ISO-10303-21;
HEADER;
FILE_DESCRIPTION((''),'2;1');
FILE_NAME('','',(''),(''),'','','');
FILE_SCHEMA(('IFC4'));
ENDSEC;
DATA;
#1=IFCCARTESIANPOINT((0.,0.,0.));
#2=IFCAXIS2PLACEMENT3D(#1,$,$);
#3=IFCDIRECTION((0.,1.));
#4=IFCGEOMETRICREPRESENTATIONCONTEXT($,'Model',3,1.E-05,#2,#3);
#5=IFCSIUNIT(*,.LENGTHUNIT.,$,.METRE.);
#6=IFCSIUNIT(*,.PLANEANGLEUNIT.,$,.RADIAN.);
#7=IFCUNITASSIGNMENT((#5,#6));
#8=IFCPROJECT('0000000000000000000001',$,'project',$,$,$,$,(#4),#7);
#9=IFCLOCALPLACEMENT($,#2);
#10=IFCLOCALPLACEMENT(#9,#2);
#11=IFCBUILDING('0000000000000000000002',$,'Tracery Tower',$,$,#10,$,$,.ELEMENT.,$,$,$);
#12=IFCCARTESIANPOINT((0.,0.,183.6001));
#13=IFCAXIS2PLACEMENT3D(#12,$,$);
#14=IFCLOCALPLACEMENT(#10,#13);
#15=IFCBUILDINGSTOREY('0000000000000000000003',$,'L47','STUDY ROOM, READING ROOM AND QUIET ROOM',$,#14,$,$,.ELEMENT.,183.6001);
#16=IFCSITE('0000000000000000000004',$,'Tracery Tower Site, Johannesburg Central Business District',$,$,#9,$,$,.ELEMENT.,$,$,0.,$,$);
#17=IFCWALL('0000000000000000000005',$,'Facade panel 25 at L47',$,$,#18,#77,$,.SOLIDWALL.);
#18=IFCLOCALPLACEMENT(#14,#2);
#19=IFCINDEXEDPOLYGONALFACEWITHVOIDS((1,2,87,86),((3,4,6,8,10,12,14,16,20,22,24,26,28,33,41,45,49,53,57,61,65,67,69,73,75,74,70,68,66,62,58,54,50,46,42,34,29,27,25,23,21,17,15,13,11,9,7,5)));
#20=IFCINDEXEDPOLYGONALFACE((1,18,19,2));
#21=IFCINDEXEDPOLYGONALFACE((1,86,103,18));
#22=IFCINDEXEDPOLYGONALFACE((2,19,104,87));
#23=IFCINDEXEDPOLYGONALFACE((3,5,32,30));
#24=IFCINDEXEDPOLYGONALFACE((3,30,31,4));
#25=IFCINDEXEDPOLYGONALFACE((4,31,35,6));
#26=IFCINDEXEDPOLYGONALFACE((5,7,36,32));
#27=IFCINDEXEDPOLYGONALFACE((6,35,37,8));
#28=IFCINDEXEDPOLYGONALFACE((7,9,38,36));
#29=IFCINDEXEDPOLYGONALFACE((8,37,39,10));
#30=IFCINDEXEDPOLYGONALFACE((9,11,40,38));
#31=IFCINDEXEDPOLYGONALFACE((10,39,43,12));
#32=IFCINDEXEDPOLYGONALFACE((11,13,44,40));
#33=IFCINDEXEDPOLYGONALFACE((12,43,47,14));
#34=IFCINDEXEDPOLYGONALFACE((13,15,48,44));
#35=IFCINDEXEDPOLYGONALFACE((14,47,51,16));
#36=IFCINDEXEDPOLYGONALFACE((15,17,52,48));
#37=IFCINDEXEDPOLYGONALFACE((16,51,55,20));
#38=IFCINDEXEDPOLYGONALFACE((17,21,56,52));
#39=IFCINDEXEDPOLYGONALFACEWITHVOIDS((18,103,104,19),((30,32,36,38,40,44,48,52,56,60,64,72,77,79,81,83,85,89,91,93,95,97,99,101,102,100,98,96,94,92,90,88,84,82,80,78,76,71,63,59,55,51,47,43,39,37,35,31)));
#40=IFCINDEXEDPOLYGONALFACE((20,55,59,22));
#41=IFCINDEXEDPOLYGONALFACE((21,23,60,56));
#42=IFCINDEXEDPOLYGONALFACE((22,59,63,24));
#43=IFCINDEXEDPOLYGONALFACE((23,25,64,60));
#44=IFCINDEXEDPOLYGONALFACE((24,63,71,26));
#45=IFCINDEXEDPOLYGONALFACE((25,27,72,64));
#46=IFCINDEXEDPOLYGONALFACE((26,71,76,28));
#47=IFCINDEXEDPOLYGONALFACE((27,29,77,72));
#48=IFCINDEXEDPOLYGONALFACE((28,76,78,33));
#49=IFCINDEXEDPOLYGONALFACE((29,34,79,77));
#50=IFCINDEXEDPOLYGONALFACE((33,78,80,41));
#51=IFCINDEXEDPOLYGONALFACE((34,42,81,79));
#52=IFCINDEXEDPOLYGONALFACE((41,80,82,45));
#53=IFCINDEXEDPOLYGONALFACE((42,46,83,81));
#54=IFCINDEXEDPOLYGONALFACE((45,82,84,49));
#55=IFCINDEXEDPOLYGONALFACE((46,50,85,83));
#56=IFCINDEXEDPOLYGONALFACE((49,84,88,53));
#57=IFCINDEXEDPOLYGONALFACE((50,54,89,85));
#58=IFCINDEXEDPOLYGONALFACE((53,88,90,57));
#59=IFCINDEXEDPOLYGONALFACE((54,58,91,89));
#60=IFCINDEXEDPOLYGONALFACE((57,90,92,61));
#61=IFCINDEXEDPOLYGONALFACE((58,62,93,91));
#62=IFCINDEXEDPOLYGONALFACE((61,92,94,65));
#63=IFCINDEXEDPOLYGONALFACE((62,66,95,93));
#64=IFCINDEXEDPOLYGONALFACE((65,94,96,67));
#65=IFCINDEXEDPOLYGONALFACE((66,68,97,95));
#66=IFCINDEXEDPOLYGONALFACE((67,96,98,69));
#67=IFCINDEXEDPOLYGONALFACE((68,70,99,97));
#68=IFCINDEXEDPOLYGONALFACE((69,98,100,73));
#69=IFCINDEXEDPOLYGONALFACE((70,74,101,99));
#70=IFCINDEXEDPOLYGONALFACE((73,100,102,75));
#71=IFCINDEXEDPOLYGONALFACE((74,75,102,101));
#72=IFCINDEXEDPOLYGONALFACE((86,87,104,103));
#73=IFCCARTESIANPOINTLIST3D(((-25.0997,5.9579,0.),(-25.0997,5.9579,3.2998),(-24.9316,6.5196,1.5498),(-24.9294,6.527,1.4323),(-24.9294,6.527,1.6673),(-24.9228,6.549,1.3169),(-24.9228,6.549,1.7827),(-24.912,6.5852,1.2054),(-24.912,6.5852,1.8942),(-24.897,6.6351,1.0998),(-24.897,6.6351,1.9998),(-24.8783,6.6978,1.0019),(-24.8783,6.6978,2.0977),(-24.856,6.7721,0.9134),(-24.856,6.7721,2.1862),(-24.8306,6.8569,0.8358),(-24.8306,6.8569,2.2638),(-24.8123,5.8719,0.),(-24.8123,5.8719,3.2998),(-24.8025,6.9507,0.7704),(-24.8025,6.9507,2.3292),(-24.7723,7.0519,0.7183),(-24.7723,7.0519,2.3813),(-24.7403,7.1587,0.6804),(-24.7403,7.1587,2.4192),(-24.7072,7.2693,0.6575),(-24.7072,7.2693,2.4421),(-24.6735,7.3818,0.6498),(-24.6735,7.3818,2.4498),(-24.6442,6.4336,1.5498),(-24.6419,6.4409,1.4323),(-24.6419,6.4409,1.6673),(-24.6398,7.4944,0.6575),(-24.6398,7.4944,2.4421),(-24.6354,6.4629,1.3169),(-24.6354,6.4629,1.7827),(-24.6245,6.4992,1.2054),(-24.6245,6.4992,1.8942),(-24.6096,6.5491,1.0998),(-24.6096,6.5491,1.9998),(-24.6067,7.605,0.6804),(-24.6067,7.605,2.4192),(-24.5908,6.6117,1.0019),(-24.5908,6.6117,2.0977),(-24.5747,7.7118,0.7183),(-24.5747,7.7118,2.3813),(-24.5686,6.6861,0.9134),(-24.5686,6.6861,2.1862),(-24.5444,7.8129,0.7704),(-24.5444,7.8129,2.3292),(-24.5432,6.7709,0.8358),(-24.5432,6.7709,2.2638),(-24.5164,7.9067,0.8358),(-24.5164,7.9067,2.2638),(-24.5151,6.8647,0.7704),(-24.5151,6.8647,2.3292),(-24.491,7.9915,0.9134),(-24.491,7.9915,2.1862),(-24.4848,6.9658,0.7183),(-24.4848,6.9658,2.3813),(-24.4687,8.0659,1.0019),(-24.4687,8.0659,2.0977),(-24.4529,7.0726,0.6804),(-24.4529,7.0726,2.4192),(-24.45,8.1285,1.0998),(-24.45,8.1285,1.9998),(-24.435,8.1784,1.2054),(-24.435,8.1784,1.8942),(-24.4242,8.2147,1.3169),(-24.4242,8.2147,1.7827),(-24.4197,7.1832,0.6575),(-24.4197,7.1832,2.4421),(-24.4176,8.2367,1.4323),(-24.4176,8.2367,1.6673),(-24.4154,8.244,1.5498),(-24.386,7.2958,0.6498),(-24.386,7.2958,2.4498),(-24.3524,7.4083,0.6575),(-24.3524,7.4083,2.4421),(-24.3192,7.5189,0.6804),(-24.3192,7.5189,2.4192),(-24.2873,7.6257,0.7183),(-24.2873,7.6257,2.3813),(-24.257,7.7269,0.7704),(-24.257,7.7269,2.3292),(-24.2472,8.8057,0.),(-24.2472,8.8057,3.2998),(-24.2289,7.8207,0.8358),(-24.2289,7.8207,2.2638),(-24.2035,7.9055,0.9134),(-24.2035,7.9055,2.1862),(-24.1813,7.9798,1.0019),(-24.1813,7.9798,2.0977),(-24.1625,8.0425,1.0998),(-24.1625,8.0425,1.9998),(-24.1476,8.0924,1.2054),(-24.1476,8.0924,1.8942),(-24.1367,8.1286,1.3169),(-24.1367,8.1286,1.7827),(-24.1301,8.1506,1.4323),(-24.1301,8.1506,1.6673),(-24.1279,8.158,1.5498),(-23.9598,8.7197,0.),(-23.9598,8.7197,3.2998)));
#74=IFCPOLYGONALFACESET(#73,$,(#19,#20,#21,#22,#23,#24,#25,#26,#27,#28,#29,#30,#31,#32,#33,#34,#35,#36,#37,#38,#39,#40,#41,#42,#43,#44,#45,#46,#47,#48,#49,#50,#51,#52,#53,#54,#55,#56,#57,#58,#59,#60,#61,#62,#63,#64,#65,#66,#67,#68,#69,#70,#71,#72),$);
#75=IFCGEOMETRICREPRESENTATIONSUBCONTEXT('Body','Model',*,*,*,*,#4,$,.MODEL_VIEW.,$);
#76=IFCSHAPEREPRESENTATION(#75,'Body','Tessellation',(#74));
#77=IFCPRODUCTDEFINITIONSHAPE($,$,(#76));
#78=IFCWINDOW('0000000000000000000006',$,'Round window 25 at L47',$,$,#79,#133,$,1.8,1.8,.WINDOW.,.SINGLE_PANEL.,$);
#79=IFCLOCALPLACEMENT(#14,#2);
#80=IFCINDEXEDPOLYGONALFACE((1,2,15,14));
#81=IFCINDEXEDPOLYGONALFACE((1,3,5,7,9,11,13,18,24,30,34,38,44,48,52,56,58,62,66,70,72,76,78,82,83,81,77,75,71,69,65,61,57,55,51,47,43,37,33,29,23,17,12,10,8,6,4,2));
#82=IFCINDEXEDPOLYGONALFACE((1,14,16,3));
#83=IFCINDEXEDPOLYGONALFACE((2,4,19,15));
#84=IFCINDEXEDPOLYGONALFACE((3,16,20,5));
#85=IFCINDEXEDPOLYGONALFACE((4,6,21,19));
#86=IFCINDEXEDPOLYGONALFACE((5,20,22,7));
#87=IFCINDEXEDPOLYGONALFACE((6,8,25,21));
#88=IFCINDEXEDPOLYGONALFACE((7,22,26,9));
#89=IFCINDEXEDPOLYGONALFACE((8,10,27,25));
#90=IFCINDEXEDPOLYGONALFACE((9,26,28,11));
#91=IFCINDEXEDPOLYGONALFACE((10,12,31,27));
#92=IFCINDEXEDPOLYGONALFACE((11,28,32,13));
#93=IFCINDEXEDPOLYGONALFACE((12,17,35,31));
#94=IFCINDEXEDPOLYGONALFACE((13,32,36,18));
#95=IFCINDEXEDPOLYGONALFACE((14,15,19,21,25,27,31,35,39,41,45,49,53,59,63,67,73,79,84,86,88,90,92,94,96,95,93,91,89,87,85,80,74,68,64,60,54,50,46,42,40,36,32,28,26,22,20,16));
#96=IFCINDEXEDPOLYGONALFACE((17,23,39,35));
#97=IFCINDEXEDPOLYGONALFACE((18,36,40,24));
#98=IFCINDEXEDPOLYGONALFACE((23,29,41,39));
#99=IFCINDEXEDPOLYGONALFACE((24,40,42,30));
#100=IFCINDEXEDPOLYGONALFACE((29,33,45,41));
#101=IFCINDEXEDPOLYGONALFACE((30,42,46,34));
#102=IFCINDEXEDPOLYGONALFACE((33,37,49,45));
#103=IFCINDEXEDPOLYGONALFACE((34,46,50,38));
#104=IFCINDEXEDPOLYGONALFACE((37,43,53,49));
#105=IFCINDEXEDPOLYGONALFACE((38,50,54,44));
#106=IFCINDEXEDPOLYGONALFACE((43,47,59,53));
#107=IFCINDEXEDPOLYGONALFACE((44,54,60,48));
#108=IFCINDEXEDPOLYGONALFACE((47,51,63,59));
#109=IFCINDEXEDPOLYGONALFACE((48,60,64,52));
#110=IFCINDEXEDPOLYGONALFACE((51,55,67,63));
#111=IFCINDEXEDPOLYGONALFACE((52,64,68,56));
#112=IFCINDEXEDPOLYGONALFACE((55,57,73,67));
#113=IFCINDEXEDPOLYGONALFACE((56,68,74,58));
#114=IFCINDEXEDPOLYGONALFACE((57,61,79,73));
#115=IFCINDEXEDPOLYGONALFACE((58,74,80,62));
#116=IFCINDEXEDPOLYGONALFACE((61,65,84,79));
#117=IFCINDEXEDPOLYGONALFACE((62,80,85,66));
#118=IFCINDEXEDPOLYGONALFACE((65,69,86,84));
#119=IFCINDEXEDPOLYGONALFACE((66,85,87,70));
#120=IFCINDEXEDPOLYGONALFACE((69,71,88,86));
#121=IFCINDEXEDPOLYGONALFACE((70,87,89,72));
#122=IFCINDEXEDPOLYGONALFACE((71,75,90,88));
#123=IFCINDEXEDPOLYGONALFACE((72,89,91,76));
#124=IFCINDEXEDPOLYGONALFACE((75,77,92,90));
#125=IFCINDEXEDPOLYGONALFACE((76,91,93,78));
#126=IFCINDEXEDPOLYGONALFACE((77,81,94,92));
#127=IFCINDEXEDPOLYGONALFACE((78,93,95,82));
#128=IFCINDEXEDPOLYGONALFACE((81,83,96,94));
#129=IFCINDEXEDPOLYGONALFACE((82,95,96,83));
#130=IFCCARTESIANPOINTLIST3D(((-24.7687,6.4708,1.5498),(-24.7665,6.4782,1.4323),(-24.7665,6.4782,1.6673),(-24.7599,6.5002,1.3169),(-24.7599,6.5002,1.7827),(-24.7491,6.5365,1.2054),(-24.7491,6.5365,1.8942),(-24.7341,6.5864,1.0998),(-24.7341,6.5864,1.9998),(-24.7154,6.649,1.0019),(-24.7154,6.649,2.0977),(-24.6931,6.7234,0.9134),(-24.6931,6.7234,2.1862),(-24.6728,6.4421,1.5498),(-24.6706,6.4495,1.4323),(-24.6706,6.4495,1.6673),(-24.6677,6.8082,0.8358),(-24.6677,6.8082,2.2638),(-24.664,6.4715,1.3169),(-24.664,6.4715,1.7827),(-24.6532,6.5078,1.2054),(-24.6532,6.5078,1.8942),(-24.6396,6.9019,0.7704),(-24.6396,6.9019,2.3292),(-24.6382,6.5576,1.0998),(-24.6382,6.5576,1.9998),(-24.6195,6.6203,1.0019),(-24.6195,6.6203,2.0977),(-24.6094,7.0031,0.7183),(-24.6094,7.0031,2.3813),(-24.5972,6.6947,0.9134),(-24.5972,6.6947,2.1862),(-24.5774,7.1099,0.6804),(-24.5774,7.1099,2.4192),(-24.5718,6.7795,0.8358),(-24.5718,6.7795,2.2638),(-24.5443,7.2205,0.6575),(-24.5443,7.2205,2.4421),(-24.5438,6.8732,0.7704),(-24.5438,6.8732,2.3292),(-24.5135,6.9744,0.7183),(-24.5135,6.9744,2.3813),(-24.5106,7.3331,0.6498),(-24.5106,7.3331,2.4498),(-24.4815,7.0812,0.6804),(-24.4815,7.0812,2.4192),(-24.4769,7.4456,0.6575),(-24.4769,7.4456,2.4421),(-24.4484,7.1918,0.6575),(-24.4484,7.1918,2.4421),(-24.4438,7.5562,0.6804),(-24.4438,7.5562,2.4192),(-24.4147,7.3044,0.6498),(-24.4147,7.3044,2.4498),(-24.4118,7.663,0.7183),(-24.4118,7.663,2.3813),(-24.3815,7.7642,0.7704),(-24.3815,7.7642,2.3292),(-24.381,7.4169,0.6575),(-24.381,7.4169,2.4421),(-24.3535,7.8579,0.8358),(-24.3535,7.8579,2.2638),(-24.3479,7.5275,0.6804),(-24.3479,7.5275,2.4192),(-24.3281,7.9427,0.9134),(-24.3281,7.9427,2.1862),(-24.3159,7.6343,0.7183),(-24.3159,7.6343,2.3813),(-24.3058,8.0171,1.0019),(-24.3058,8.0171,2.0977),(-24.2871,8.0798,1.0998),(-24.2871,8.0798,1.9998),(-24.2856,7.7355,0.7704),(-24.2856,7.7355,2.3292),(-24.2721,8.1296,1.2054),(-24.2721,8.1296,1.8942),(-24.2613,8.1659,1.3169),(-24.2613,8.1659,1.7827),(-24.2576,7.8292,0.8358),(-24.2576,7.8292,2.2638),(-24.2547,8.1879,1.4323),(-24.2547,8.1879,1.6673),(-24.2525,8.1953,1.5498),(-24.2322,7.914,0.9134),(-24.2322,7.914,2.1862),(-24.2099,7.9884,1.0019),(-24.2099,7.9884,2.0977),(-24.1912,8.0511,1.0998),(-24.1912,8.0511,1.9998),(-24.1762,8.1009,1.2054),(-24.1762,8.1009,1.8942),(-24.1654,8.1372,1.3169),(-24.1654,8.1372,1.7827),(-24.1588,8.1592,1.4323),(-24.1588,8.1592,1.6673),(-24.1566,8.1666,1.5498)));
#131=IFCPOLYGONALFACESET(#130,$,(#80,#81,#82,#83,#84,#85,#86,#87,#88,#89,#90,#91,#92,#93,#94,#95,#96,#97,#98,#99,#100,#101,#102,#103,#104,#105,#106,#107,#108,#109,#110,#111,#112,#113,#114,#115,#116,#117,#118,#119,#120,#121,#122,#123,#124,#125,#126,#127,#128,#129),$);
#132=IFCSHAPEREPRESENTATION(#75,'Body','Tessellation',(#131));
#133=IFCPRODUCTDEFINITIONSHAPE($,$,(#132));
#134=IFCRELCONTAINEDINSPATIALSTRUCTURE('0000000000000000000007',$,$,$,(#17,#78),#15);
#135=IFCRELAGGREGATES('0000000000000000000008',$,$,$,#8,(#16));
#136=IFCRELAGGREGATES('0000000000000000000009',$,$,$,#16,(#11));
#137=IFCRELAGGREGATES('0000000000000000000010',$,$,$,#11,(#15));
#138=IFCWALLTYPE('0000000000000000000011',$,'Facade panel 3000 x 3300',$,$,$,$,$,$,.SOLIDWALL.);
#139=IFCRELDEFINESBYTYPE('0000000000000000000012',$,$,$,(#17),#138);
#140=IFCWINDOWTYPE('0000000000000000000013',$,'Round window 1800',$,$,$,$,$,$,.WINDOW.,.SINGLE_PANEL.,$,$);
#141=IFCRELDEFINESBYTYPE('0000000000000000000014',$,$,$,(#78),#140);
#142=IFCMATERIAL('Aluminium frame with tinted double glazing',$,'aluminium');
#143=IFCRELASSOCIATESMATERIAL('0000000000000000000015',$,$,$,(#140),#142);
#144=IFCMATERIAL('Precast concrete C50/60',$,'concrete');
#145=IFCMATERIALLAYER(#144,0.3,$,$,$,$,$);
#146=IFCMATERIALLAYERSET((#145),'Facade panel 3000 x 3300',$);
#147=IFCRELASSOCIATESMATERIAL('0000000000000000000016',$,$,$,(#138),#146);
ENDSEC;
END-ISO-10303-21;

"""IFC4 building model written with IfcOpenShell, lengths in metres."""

from ifc_helpers import new_model, si_unit, direction, frame, frame_2d, origin, origin_2d, place, context, subcontext, project, spatial, rectangle, circle, extrude, material, layer, layer_set, type_object, element, fill, save


model = new_model("IFC4")

# Units and contexts
model_context = context("Model", 3, precision=1e-05, world=origin(), true_north=direction((0.0, 1.0)))
body_context = subcontext(model_context, "Body", "Model", "MODEL_VIEW")
ifc_project = project(units=[si_unit("LENGTHUNIT", "METRE"), si_unit("PLANEANGLEUNIT", "RADIAN")], contexts=[model_context])

# Site, building, storey
site_placement = place(None, origin())
site = spatial("IfcSite", under=ifc_project, at=site_placement, Name="Tracery Tower Site, Johannesburg Central Business District", CompositionType="ELEMENT", RefElevation=0.0)
building_placement = place(site_placement, origin())
building = spatial("IfcBuilding", under=site, at=building_placement, Name="Tracery Tower", CompositionType="ELEMENT")
storey_placement = place(building_placement, frame((0.0, 0.0, 183.6001)))
storey = spatial("IfcBuildingStorey", under=building, at=storey_placement, Name="L47", Description="STUDY ROOM, READING ROOM AND QUIET ROOM", CompositionType="ELEMENT", Elevation=183.6001)

# Wall, opening, window
ifc_material_1 = material(Name="Aluminium frame with tinted double glazing", Category="aluminium")
window_type = type_object("IfcWindowType", Name="Round window 1800", PartitioningType="SINGLE_PANEL", PredefinedType="WINDOW", material=ifc_material_1)
ifc_material_2 = material(Name="Precast concrete C50/60", Category="concrete")
ifc_layer_1 = layer(ifc_material_2, 0.3)
ifc_layer_set_1 = layer_set([ifc_layer_1], Name="Facade panel 3000 x 3300")
wall_type_1 = type_object("IfcWallType", Name="Facade panel 3000 x 3300", PredefinedType="SOLIDWALL", material=ifc_layer_set_1)
wall_1_placement = place(storey_placement, frame((-24.1035, 8.7627, 0.0), z_axis=(0.0, 0.0, 1.0), x_axis=(-0.286783, -0.957996, 0.0)))
wall_1 = element("IfcWall", 1, at=wall_1_placement, inside=storey, type_object=wall_type_1, Name="Facade panel 25 at L47", PredefinedType="SOLIDWALL", context=body_context, shape_type="SweptSolid", body=[
    extrude(rectangle(XDim=2.9727, YDim=0.3, at=frame_2d((1.4863, 0.0))), origin(), (0.0, 0.0, 1.0), 3.2998),
])
opening_1_placement = place(wall_1_placement, frame((1.4863, 0.0, 1.5498)))
opening_1 = element("IfcOpeningElement", 2, at=opening_1_placement, cuts=wall_1, PredefinedType="OPENING", context=body_context, shape_type="SweptSolid", body=[
    extrude(circle(Radius=0.9, at=origin_2d()), frame((0.0, 0.1599, 0.0), z_axis=(0.0, -1.0, 0.0), x_axis=(1.0, 0.0, 0.0)), (0.0, 0.0, 1.0), 0.3201),
])
window_1_placement = place(opening_1_placement, origin())
window_1 = element("IfcWindow", 3, at=window_1_placement, inside=storey, type_object=window_type, Name="Round window 25 at L47", OverallHeight=1.8, OverallWidth=1.8, PartitioningType="SINGLE_PANEL", PredefinedType="WINDOW", context=body_context, shape_type="SweptSolid", body=[
    extrude(circle(Radius=0.9, at=origin_2d()), frame((0.0, 0.1201, 0.0), z_axis=(0.0, -1.0, 0.0), x_axis=(1.0, 0.0, 0.0)), (0.0, 0.0, 1.0), 0.1001),
])
fill(opening_1, window_1)

save(model, "model.ifc")
